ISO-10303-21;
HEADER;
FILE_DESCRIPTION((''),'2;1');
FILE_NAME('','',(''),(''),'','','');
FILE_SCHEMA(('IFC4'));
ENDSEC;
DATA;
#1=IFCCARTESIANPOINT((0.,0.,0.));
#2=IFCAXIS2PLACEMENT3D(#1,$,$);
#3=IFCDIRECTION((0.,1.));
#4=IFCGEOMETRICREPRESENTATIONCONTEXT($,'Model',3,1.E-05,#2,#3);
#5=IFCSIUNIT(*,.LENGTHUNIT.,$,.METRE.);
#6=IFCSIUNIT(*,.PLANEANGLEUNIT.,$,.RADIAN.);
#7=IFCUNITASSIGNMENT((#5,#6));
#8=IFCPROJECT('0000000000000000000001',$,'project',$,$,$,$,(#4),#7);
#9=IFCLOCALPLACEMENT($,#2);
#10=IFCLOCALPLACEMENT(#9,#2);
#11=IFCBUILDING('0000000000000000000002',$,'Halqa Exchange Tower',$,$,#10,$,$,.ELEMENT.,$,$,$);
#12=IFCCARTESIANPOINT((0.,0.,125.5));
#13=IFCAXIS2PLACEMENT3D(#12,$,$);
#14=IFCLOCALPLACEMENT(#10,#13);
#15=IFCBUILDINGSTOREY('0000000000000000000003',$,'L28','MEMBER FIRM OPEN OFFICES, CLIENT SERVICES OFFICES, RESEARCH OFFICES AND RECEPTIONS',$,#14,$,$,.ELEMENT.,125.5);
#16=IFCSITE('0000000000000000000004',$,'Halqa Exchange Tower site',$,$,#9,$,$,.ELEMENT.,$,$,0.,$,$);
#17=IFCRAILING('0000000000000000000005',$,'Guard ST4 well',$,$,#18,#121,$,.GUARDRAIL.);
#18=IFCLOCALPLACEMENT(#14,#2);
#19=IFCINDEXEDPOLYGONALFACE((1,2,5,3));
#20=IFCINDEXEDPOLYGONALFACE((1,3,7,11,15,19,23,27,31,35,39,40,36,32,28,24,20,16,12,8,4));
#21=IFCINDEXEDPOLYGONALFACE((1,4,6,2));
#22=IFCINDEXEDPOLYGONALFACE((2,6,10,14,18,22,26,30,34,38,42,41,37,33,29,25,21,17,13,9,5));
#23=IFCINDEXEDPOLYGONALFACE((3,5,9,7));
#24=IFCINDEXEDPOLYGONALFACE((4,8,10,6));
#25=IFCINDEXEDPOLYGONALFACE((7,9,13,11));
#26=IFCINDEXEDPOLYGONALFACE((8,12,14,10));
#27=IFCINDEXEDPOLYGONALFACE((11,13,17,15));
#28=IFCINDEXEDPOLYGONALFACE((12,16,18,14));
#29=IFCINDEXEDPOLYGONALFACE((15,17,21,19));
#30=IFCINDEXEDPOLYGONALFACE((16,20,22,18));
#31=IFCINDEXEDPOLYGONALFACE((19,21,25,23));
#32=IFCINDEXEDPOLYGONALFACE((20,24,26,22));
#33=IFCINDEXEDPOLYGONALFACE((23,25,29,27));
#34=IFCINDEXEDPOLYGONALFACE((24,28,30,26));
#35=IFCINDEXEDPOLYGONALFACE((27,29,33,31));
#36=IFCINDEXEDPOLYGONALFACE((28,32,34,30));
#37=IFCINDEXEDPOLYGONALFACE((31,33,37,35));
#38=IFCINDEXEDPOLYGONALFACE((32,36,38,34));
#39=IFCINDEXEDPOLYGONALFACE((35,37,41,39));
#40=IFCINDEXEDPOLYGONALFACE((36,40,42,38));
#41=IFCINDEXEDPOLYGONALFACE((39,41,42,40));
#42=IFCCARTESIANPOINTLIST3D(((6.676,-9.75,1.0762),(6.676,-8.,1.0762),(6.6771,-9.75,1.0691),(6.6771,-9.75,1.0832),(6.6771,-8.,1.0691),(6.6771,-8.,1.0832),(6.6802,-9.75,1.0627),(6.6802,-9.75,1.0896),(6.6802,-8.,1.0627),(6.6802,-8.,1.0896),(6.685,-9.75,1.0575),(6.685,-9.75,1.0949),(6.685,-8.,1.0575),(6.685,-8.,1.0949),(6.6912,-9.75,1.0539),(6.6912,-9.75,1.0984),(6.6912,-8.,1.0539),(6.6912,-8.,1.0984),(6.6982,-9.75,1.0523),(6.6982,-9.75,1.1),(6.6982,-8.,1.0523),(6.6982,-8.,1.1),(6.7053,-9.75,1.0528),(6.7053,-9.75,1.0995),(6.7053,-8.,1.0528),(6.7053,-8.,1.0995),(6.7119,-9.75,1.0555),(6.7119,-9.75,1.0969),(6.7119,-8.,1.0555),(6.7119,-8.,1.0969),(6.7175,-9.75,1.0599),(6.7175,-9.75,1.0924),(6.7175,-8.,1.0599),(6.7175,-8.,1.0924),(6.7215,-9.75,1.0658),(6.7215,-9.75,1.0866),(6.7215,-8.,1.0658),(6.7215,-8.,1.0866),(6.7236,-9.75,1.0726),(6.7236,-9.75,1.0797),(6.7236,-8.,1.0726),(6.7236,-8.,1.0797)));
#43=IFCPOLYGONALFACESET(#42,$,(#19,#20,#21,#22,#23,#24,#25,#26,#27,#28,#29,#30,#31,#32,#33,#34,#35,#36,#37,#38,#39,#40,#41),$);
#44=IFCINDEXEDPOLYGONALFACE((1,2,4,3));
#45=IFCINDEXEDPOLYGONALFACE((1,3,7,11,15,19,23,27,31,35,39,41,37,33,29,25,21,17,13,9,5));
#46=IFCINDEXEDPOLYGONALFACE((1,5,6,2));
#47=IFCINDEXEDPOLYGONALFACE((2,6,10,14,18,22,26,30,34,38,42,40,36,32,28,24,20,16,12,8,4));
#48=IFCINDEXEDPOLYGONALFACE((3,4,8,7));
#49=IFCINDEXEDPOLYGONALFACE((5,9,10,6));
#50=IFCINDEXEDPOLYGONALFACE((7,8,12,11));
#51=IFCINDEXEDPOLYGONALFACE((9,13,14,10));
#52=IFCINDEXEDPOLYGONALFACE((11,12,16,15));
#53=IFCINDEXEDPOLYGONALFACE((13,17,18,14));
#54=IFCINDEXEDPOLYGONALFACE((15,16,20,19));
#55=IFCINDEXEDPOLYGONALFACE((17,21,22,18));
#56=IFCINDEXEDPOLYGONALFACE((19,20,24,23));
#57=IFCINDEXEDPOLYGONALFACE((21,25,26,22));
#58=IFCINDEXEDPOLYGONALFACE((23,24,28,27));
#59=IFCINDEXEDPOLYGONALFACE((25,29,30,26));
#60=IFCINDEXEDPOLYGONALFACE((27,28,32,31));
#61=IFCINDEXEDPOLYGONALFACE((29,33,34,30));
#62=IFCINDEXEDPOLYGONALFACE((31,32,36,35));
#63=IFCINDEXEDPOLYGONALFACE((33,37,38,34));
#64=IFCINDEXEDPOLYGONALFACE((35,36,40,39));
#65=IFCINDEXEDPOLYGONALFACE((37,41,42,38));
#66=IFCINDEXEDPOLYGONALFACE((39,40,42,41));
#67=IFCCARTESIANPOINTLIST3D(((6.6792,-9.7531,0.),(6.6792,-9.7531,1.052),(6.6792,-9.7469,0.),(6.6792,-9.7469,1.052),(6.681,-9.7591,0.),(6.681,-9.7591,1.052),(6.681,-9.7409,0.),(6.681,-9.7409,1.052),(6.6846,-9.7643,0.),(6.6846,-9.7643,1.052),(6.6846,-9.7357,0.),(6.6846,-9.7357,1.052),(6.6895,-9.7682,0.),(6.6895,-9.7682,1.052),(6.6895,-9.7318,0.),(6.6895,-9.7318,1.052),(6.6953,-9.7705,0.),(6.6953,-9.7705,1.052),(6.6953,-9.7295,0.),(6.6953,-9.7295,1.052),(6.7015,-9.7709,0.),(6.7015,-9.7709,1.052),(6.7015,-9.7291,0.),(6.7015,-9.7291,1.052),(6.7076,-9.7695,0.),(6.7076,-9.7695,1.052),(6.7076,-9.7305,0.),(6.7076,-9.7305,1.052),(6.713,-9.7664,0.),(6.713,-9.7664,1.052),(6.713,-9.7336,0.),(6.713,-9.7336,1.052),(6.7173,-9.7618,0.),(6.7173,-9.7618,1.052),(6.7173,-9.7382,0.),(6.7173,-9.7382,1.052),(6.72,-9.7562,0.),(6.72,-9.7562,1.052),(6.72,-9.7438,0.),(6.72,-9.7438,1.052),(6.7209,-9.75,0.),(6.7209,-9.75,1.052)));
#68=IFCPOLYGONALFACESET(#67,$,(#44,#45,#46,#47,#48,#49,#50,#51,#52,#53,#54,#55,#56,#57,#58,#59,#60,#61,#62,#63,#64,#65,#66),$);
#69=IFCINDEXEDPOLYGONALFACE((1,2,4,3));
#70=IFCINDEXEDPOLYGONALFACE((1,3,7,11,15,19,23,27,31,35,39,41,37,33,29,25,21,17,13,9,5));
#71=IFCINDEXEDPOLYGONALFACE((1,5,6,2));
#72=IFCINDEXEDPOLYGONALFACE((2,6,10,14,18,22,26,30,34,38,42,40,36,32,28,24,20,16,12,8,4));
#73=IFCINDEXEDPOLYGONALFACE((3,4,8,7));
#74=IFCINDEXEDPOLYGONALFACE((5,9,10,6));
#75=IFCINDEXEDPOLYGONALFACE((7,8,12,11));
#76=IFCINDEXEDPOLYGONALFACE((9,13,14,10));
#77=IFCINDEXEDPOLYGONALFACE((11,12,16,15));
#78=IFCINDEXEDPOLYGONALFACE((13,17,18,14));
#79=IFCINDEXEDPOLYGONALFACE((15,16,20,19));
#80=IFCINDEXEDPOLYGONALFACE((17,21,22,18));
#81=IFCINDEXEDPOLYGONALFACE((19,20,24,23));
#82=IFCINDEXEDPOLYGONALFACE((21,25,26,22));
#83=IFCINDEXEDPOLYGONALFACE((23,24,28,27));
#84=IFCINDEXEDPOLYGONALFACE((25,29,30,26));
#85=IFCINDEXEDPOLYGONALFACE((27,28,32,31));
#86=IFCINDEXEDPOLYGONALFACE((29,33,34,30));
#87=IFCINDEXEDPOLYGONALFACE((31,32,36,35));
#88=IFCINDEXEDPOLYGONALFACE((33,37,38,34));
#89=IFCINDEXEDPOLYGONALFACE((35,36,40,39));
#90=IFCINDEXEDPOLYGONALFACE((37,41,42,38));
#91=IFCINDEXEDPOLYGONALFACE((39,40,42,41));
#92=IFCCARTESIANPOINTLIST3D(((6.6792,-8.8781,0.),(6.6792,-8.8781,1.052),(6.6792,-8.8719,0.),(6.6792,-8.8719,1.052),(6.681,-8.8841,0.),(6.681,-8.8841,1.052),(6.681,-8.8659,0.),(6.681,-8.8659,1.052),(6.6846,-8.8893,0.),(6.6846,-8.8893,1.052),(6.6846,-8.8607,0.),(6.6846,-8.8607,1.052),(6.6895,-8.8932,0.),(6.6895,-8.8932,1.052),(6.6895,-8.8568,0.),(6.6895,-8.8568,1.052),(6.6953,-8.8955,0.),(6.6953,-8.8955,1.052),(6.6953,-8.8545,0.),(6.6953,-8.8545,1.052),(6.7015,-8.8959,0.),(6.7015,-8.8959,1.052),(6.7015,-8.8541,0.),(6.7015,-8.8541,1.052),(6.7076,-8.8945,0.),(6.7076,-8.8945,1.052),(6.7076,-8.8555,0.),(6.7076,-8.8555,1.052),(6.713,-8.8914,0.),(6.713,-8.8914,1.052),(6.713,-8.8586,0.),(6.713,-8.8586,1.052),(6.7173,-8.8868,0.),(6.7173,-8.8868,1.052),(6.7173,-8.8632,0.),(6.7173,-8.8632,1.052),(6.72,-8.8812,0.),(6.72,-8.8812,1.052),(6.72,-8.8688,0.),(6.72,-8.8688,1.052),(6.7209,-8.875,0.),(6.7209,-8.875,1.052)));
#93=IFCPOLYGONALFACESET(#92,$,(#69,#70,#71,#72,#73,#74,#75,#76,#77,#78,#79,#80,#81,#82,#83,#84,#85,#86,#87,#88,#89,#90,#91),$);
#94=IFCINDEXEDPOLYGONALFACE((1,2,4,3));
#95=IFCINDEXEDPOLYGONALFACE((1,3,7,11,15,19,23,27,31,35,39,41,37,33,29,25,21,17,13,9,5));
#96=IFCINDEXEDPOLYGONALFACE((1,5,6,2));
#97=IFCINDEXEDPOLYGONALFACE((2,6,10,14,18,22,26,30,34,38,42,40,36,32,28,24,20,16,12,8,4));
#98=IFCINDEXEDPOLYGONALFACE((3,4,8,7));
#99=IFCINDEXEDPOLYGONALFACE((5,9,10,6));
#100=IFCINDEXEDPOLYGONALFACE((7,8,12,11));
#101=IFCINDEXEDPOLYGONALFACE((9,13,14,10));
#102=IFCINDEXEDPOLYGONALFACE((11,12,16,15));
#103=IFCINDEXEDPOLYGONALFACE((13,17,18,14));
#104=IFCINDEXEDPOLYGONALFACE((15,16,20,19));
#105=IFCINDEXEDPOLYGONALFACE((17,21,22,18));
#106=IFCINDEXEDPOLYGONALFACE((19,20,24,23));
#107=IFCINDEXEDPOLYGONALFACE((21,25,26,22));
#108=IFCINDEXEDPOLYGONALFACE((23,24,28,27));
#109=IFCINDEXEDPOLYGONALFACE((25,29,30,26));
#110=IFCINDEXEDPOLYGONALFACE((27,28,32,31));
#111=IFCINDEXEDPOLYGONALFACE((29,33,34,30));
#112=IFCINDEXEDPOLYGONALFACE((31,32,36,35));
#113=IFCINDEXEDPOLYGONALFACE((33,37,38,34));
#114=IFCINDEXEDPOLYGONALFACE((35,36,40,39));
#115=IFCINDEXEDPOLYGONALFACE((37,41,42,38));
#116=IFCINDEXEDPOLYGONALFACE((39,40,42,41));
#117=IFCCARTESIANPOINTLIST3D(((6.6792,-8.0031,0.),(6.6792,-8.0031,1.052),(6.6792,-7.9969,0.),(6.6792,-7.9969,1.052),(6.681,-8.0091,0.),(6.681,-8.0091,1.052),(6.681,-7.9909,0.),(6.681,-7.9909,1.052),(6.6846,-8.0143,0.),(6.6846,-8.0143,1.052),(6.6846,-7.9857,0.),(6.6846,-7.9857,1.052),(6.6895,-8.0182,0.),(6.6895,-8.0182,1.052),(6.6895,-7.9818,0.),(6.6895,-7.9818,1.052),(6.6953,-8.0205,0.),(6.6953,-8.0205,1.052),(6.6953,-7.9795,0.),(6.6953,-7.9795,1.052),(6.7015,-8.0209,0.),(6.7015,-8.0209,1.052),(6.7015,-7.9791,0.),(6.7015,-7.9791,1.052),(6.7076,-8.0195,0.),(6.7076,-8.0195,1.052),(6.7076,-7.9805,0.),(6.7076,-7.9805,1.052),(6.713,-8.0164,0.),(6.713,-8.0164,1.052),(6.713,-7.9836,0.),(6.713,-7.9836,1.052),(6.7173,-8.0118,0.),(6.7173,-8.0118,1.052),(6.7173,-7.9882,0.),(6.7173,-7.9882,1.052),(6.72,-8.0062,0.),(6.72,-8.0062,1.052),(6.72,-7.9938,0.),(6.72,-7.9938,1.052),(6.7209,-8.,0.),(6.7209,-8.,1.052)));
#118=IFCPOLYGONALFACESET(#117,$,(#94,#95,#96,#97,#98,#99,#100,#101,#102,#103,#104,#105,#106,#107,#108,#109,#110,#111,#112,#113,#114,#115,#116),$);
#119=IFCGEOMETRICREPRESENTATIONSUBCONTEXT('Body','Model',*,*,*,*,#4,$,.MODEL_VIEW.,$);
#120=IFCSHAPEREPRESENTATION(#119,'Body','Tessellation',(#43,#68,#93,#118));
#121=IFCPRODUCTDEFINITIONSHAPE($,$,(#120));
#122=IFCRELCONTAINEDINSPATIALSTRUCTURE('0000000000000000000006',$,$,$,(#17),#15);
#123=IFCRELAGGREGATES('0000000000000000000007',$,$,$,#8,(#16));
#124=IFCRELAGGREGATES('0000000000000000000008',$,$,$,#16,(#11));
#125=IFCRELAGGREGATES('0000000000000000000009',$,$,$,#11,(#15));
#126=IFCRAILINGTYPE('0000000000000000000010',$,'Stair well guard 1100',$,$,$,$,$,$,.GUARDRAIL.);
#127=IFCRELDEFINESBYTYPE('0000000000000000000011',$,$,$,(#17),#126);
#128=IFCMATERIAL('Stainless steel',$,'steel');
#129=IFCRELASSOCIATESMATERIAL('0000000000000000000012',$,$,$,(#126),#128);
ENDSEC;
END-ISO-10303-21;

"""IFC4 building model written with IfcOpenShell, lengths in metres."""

from ifc_helpers import new_model, si_unit, direction, frame, origin, origin_2d, place, context, subcontext, project, spatial, circle, extrude, material, type_object, element, save


model = new_model("IFC4")

# Units and contexts
model_context = context("Model", 3, precision=1e-05, world=origin(), true_north=direction((0.0, 1.0)))
body_context = subcontext(model_context, "Body", "Model", "MODEL_VIEW")
ifc_project = project(units=[si_unit("LENGTHUNIT", "METRE"), si_unit("PLANEANGLEUNIT", "RADIAN")], contexts=[model_context])

# Site, building, storey
site_placement = place(None, origin())
site = spatial("IfcSite", under=ifc_project, at=site_placement, Name="Halqa Exchange Tower site", CompositionType="ELEMENT", RefElevation=0.0)
building_placement = place(site_placement, origin())
building = spatial("IfcBuilding", under=site, at=building_placement, Name="Halqa Exchange Tower", CompositionType="ELEMENT")
storey_placement = place(building_placement, frame((0.0, 0.0, 125.5)))
storey = spatial("IfcBuildingStorey", under=building, at=storey_placement, Name="L28", Description="MEMBER FIRM OPEN OFFICES, CLIENT SERVICES OFFICES, RESEARCH OFFICES AND RECEPTIONS", CompositionType="ELEMENT", Elevation=125.5)

# Railing
ifc_material_1 = material(Name="Stainless steel", Category="steel")
railing_type_1 = type_object("IfcRailingType", Name="Stair well guard 1100", PredefinedType="GUARDRAIL", material=ifc_material_1)
railing_1_placement = place(storey_placement, frame((6.7, -9.75, 0.0)))
element("IfcRailing", 1, at=railing_1_placement, inside=storey, type_object=railing_type_1, Name="Guard ST4 well", PredefinedType="GUARDRAIL", context=body_context, shape_type="SweptSolid", body=[
    extrude(circle(Radius=0.0239, at=origin_2d()), frame((0.0, 0.0, 1.0762), z_axis=(0.0, 1.0, 0.0), x_axis=(-1.0, 0.0, 0.0)), (0.0, 0.0, 1.0), 1.75),
    extrude(circle(Radius=0.021, at=origin_2d()), origin(), (0.0, 0.0, 1.0), 1.052),
    extrude(circle(Radius=0.021, at=origin_2d()), frame((0.0, 0.875, 0.0)), (0.0, 0.0, 1.0), 1.052),
    extrude(circle(Radius=0.021, at=origin_2d()), frame((0.0, 1.75, 0.0)), (0.0, 0.0, 1.0), 1.052),
])

save(model, "model.ifc")
